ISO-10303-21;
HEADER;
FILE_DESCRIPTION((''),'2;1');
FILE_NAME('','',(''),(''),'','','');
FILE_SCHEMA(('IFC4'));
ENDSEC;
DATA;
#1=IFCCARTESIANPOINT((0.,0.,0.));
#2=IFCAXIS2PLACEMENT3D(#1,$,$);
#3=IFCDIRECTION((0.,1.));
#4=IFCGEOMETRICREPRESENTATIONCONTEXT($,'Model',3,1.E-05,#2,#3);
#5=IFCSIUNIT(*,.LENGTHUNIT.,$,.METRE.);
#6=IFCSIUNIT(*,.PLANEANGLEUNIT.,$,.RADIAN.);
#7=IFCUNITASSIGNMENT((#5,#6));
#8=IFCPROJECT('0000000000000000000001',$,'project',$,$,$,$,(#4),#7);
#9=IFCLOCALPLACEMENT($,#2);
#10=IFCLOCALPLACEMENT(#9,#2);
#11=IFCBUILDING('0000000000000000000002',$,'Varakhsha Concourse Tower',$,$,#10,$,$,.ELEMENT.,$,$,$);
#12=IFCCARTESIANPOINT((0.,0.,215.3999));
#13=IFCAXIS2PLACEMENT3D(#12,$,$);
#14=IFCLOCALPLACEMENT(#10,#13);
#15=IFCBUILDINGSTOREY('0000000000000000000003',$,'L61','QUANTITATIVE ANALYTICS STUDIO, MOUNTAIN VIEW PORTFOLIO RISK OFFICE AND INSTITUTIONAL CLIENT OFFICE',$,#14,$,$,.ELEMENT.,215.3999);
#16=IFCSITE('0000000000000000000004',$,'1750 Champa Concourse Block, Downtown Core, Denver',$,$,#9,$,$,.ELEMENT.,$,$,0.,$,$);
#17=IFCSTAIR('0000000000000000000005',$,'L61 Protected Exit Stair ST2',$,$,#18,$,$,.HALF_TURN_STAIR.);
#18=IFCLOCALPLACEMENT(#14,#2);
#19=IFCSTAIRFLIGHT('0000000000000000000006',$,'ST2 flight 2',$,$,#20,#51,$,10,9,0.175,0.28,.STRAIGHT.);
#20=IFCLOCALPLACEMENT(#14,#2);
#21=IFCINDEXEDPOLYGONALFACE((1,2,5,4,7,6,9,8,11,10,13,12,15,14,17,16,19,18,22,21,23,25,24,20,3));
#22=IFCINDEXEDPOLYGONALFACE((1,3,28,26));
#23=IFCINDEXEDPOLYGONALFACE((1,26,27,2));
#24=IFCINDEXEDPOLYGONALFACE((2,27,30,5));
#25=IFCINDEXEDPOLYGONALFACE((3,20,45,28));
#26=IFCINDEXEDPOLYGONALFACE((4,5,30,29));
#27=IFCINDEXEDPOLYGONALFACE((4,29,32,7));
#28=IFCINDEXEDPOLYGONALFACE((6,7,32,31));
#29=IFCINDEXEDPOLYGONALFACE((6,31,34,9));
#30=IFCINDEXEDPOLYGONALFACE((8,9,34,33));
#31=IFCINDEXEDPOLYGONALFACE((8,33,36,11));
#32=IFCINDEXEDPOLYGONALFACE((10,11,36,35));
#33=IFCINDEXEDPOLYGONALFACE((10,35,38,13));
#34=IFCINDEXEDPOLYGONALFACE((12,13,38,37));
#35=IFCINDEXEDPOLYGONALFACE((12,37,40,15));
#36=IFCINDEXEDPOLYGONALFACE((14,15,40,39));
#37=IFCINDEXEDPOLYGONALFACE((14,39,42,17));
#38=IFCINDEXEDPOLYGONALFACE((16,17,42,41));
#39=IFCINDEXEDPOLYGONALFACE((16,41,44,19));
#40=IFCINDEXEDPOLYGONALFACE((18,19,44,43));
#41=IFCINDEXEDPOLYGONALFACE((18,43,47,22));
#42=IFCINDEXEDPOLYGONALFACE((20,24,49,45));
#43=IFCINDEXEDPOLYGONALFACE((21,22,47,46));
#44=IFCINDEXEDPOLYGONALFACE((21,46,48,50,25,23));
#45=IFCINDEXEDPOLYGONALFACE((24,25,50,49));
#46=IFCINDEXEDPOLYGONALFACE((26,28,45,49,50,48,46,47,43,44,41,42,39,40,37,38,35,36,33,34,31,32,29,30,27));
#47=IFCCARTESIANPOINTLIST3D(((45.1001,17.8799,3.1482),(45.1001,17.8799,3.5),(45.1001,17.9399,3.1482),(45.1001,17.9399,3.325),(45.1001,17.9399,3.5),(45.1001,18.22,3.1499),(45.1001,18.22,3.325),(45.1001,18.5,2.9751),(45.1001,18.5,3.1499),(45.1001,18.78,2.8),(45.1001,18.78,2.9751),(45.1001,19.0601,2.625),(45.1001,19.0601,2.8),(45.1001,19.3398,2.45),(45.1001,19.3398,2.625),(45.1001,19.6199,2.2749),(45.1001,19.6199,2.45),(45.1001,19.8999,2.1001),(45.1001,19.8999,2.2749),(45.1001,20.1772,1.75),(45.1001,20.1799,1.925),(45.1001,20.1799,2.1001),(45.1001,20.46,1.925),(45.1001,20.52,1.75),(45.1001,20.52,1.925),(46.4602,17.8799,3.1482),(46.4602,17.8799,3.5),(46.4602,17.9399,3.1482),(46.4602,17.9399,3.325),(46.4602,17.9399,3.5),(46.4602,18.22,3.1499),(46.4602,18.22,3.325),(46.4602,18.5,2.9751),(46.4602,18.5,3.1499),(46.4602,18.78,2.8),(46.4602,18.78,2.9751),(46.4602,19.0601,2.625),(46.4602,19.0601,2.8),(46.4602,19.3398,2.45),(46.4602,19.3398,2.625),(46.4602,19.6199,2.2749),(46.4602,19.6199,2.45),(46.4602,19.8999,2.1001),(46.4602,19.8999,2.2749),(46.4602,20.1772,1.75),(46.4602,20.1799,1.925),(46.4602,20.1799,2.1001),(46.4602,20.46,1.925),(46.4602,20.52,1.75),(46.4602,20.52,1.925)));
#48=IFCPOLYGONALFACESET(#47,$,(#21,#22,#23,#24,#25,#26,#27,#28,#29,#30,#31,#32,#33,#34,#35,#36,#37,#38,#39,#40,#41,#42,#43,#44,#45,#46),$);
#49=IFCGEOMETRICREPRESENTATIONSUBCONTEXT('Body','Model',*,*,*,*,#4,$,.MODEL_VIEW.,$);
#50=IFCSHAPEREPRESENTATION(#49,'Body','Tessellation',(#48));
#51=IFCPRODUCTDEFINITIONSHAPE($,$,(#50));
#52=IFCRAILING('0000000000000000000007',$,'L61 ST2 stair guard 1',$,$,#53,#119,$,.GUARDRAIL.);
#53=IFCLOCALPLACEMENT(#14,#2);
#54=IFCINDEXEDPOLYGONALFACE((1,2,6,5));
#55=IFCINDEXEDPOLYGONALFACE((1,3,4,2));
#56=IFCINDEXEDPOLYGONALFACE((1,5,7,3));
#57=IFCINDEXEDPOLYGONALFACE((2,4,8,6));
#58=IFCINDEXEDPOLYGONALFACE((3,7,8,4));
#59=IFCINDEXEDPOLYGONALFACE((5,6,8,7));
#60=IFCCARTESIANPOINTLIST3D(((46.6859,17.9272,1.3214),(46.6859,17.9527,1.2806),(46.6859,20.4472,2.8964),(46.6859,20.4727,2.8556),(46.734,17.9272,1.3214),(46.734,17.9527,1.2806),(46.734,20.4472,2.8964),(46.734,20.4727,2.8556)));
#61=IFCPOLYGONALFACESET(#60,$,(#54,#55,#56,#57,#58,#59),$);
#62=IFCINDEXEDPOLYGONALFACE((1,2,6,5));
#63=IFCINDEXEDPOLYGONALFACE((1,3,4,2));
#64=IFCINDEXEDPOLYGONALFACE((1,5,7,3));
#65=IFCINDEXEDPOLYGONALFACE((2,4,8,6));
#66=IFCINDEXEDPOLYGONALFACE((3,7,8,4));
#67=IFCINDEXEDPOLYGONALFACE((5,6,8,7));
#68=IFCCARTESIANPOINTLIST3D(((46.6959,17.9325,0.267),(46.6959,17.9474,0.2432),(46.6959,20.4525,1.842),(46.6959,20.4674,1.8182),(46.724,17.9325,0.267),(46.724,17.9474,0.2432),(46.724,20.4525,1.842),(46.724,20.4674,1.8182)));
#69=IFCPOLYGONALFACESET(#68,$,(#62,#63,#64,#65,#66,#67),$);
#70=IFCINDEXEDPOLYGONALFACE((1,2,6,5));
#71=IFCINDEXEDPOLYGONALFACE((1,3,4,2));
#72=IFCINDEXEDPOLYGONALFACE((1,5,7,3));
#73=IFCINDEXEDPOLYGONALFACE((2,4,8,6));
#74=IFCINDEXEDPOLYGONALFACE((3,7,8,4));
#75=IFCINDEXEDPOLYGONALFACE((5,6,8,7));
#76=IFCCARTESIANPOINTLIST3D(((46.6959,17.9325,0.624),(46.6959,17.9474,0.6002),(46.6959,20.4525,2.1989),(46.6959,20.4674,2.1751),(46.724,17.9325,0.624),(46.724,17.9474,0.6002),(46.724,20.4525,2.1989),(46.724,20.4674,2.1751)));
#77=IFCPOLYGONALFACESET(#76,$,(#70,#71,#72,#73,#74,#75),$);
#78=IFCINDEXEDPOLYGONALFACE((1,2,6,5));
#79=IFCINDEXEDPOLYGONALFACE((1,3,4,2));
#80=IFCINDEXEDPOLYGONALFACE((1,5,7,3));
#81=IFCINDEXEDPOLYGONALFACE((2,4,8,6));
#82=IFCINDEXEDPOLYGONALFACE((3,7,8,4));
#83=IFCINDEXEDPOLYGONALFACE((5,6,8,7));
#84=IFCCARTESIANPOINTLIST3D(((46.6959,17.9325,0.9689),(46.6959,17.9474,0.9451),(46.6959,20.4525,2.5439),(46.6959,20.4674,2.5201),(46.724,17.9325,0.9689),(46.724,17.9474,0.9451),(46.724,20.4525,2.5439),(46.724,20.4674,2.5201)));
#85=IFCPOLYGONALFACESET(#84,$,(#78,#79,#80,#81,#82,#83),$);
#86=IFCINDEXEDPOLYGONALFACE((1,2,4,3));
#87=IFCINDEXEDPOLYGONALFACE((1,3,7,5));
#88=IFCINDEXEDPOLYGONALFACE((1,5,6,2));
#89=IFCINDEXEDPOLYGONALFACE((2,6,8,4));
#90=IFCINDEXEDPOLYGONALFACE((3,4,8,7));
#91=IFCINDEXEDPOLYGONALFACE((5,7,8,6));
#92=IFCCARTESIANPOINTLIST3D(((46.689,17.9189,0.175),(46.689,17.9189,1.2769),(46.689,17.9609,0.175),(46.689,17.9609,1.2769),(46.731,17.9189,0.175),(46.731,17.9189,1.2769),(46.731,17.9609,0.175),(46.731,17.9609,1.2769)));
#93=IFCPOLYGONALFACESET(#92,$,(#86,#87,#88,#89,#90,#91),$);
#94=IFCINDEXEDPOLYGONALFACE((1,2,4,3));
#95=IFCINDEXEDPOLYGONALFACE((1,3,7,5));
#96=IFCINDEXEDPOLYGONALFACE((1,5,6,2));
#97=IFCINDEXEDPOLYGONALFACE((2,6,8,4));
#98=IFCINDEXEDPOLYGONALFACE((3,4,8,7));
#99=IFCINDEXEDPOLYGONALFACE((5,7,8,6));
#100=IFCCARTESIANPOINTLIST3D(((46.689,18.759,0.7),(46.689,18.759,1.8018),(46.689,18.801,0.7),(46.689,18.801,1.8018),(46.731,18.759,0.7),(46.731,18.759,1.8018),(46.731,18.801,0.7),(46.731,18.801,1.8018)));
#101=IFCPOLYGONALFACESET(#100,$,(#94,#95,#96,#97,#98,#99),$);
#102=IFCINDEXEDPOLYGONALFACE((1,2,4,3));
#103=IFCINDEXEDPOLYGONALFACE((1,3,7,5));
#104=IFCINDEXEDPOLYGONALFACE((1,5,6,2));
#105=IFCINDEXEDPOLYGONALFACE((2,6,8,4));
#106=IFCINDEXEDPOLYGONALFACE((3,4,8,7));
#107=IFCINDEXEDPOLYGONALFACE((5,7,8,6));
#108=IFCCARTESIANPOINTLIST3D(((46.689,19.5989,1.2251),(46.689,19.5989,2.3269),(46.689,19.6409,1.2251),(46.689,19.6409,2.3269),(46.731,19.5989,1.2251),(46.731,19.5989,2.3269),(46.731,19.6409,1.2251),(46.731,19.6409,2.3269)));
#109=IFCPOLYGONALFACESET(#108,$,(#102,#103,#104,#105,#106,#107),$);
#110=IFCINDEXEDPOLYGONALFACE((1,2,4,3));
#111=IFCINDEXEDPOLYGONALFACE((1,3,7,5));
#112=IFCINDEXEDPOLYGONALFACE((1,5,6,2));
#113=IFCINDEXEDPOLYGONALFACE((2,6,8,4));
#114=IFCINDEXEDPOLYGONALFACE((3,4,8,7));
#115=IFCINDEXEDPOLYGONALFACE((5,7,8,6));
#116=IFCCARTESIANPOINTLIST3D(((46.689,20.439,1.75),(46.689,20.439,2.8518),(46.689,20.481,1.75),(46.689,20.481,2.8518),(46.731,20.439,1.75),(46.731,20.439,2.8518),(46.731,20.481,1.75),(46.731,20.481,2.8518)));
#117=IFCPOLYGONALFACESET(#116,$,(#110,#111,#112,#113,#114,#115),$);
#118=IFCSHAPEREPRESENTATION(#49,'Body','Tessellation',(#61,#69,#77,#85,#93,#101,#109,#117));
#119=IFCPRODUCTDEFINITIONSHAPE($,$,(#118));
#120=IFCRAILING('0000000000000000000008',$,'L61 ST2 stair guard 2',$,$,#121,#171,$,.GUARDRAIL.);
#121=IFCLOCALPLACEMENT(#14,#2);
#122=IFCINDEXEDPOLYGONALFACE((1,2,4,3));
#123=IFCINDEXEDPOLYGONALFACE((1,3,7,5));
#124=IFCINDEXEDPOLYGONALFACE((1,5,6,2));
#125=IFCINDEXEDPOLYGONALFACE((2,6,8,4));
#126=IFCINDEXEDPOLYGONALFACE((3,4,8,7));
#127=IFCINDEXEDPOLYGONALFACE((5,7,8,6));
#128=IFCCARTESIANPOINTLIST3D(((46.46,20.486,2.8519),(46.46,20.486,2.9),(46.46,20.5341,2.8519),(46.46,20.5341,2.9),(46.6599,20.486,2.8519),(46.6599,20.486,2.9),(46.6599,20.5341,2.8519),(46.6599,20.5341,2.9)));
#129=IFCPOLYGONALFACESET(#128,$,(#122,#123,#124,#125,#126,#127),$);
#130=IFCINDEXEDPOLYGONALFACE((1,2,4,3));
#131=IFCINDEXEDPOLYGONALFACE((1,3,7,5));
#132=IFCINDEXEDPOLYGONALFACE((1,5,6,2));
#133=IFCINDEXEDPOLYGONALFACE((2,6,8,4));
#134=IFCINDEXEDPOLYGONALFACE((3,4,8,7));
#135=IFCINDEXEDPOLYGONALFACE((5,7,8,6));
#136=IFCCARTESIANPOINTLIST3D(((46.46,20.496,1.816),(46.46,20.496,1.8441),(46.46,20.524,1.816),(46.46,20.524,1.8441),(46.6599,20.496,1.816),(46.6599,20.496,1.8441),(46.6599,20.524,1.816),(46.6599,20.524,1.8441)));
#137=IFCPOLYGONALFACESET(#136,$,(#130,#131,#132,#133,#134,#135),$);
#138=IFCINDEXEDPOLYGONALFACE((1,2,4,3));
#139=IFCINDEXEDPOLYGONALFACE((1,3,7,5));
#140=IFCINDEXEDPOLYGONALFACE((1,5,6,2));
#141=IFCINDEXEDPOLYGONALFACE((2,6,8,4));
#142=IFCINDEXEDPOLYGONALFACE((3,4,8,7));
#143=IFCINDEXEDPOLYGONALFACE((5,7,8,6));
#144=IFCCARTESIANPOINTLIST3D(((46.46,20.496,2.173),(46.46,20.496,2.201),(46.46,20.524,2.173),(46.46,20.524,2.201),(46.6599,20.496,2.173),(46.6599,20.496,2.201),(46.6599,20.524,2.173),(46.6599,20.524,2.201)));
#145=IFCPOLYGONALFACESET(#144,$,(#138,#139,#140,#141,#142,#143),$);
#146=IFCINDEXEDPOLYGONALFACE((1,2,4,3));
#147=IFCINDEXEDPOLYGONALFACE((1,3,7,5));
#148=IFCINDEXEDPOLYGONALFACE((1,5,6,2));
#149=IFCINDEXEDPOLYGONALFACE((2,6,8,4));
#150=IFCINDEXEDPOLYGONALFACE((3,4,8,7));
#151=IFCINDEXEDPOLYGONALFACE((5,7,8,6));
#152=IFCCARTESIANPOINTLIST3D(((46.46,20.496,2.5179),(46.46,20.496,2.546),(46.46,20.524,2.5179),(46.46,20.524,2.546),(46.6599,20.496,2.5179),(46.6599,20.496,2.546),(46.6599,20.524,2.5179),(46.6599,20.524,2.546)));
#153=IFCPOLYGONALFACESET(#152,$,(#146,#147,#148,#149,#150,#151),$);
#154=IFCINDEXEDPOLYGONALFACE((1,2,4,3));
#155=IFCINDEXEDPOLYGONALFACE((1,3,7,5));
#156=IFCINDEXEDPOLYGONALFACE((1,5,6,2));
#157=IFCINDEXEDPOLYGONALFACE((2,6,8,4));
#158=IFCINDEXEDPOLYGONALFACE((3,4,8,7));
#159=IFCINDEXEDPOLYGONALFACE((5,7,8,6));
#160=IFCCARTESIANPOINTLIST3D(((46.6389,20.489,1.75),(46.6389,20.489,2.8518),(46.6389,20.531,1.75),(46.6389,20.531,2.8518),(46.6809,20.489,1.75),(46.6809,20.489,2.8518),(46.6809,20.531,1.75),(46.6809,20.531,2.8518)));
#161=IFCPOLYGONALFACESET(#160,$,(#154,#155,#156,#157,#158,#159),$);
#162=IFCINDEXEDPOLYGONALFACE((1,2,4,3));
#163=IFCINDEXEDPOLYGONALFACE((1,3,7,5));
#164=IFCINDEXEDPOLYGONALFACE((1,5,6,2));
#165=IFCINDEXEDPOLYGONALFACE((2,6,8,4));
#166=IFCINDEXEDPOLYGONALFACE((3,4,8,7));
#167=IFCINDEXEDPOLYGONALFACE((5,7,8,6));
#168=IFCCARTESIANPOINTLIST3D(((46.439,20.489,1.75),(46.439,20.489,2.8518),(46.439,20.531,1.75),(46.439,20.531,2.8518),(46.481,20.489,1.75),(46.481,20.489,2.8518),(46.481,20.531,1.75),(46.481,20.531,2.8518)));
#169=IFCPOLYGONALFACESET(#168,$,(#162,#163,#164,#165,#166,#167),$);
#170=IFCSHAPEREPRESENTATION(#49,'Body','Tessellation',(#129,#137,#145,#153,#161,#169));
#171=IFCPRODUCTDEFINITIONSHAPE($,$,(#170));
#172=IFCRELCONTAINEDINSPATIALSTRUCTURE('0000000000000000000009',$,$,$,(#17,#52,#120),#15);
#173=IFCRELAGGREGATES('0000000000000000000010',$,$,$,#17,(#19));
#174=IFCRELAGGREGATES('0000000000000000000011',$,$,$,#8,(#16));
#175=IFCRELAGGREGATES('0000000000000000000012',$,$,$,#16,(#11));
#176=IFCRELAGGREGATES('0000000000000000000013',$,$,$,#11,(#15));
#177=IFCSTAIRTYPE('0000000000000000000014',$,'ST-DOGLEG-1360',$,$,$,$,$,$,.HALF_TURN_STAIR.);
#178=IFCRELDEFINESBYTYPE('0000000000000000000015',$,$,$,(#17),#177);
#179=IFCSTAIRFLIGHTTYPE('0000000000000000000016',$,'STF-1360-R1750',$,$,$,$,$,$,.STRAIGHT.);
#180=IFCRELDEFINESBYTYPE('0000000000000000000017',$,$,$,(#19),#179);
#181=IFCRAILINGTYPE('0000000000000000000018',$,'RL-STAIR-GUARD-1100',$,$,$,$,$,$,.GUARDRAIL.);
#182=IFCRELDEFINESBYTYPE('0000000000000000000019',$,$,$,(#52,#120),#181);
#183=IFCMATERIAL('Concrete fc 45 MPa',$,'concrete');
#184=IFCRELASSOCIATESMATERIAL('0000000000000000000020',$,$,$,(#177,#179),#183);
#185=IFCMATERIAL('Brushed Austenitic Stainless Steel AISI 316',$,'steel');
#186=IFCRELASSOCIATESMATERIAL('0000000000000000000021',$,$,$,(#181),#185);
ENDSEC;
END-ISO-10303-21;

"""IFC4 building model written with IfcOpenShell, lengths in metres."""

from ifc_helpers import new_model, si_unit, direction, frame, origin, origin_2d, place, context, subcontext, project, spatial, polyline, rectangle, outline, extrude, material, type_object, element, aggregate, save


model = new_model("IFC4")

# Units and contexts
model_context = context("Model", 3, precision=1e-05, world=origin(), true_north=direction((0.0, 1.0)))
body_context = subcontext(model_context, "Body", "Model", "MODEL_VIEW")
ifc_project = project(units=[si_unit("LENGTHUNIT", "METRE"), si_unit("PLANEANGLEUNIT", "RADIAN")], contexts=[model_context])

# Site, building, storey
site_placement = place(None, origin())
site = spatial("IfcSite", under=ifc_project, at=site_placement, Name="1750 Champa Concourse Block, Downtown Core, Denver", CompositionType="ELEMENT", RefElevation=0.0)
building_placement = place(site_placement, origin())
building = spatial("IfcBuilding", under=site, at=building_placement, Name="Varakhsha Concourse Tower", CompositionType="ELEMENT")
storey_placement = place(building_placement, frame((0.0, 0.0, 215.3999)))
storey = spatial("IfcBuildingStorey", under=building, at=storey_placement, Name="L61", Description="QUANTITATIVE ANALYTICS STUDIO, MOUNTAIN VIEW PORTFOLIO RISK OFFICE AND INSTITUTIONAL CLIENT OFFICE", CompositionType="ELEMENT", Elevation=215.3999)

# Shared definitions
ifc_material_1 = material(Name="Concrete fc 45 MPa", Category="concrete")

# Stair, stair flight
stair_type = type_object("IfcStairType", Name="ST-DOGLEG-1360", PredefinedType="HALF_TURN_STAIR", material=ifc_material_1)
stair_placement = place(storey_placement, origin())
stair = element("IfcStair", 1, at=stair_placement, inside=storey, type_object=stair_type, Name="L61 Protected Exit Stair ST2", PredefinedType="HALF_TURN_STAIR")
stair_flight_type = type_object("IfcStairFlightType", Name="STF-1360-R1750", PredefinedType="STRAIGHT", material=ifc_material_1)
stair_flight_1_placement = place(storey_placement, frame((45.78, 20.46, 1.75), z_axis=(0.0, 0.0, 1.0), x_axis=(0.0, -1.0, 0.0)))
stair_flight_1 = element("IfcStairFlight", 2, at=stair_flight_1_placement, type_object=stair_flight_type, Name="ST2 flight 2", NumberOfRisers=10, NumberOfTreads=9, PredefinedType="STRAIGHT", RiserHeight=0.175, TreadLength=0.28, context=body_context, shape_type="SweptSolid", body=[
    extrude(outline(polyline([(-0.0601, 0.0), (-0.0601, 0.175), (0.0, 0.175), (0.28, 0.175), (0.28, 0.3501), (0.5601, 0.3501), (0.5601, 0.5249), (0.8401, 0.5249), (0.8401, 0.7), (1.1201, 0.7), (1.1201, 0.875), (1.3999, 0.875), (1.3999, 1.05), (1.6799, 1.05), (1.6799, 1.2251), (1.96, 1.2251), (1.96, 1.3999), (2.24, 1.3999), (2.24, 1.575), (2.52, 1.575), (2.52, 1.75), (2.5801, 1.75), (2.5801, 1.3982), (2.52, 1.3982), (0.2827, 0.0), (-0.0601, 0.0)])), frame((0.0, 0.6802, 0.0), z_axis=(0.0, -1.0, 0.0), x_axis=(1.0, 0.0, 0.0)), (0.0, 0.0, 1.0), 1.3601),
])
aggregate(stair, [stair_flight_1])

# Railings
ifc_material_2 = material(Name="Brushed Austenitic Stainless Steel AISI 316", Category="steel")
railing_type_1 = type_object("IfcRailingType", Name="RL-STAIR-GUARD-1100", PredefinedType="GUARDRAIL", material=ifc_material_2)
railing_1_placement = place(storey_placement, frame((46.71, 17.9399, 0.175)))
element("IfcRailing", 3, at=railing_1_placement, inside=storey, type_object=railing_type_1, Name="L61 ST2 stair guard 1", PredefinedType="GUARDRAIL", context=body_context, shape_type="SweptSolid", body=[
    extrude(rectangle(XDim=0.0481, YDim=0.0481, at=origin_2d()), frame((0.0, 0.0, 1.126), z_axis=(0.0, 0.848008, 0.529984), x_axis=(-1.0, 0.0, 0.0)), (0.0, 0.0, 1.0), 2.9717),
    extrude(rectangle(XDim=0.0281, YDim=0.0281, at=origin_2d()), frame((0.0, 0.0, 0.0801), z_axis=(0.0, 0.848008, 0.529984), x_axis=(-1.0, 0.0, 0.0)), (0.0, 0.0, 1.0), 2.9717),
    extrude(rectangle(XDim=0.0281, YDim=0.0281, at=origin_2d()), frame((0.0, 0.0, 0.437), z_axis=(0.0, 0.848008, 0.529984), x_axis=(-1.0, 0.0, 0.0)), (0.0, 0.0, 1.0), 2.9717),
    extrude(rectangle(XDim=0.0281, YDim=0.0281, at=origin_2d()), frame((0.0, 0.0, 0.782), z_axis=(0.0, 0.848008, 0.529984), x_axis=(-1.0, 0.0, 0.0)), (0.0, 0.0, 1.0), 2.9717),
    extrude(rectangle(XDim=0.042, YDim=0.042, at=origin_2d()), origin(), (0.0, 0.0, 1.0), 1.1018),
    extrude(rectangle(XDim=0.042, YDim=0.042, at=origin_2d()), frame((0.0, 0.8401, 0.5249)), (0.0, 0.0, 1.0), 1.1018),
    extrude(rectangle(XDim=0.042, YDim=0.042, at=origin_2d()), frame((0.0, 1.6799, 1.05)), (0.0, 0.0, 1.0), 1.1018),
    extrude(rectangle(XDim=0.042, YDim=0.042, at=origin_2d()), frame((0.0, 2.52, 1.575)), (0.0, 0.0, 1.0), 1.1018),
])
railing_2_placement = place(storey_placement, frame((46.6599, 20.51, 1.75)))
element("IfcRailing", 4, at=railing_2_placement, inside=storey, type_object=railing_type_1, Name="L61 ST2 stair guard 2", PredefinedType="GUARDRAIL", context=body_context, shape_type="SweptSolid", body=[
    extrude(rectangle(XDim=0.0481, YDim=0.0481, at=origin_2d()), frame((0.0, 0.0, 1.126), z_axis=(-1.0, 0.0, 0.0), x_axis=(0.0, -1.0, 0.0)), (0.0, 0.0, 1.0), 0.2),
    extrude(rectangle(XDim=0.0281, YDim=0.0281, at=origin_2d()), frame((0.0, 0.0, 0.0801), z_axis=(-1.0, 0.0, 0.0), x_axis=(0.0, -1.0, 0.0)), (0.0, 0.0, 1.0), 0.2),
    extrude(rectangle(XDim=0.0281, YDim=0.0281, at=origin_2d()), frame((0.0, 0.0, 0.437), z_axis=(-1.0, 0.0, 0.0), x_axis=(0.0, -1.0, 0.0)), (0.0, 0.0, 1.0), 0.2),
    extrude(rectangle(XDim=0.0281, YDim=0.0281, at=origin_2d()), frame((0.0, 0.0, 0.782), z_axis=(-1.0, 0.0, 0.0), x_axis=(0.0, -1.0, 0.0)), (0.0, 0.0, 1.0), 0.2),
    extrude(rectangle(XDim=0.042, YDim=0.042, at=origin_2d()), origin(), (0.0, 0.0, 1.0), 1.1018),
    extrude(rectangle(XDim=0.042, YDim=0.042, at=origin_2d()), frame((-0.2, 0.0, 0.0)), (0.0, 0.0, 1.0), 1.1018),
])

save(model, "model.ifc")
